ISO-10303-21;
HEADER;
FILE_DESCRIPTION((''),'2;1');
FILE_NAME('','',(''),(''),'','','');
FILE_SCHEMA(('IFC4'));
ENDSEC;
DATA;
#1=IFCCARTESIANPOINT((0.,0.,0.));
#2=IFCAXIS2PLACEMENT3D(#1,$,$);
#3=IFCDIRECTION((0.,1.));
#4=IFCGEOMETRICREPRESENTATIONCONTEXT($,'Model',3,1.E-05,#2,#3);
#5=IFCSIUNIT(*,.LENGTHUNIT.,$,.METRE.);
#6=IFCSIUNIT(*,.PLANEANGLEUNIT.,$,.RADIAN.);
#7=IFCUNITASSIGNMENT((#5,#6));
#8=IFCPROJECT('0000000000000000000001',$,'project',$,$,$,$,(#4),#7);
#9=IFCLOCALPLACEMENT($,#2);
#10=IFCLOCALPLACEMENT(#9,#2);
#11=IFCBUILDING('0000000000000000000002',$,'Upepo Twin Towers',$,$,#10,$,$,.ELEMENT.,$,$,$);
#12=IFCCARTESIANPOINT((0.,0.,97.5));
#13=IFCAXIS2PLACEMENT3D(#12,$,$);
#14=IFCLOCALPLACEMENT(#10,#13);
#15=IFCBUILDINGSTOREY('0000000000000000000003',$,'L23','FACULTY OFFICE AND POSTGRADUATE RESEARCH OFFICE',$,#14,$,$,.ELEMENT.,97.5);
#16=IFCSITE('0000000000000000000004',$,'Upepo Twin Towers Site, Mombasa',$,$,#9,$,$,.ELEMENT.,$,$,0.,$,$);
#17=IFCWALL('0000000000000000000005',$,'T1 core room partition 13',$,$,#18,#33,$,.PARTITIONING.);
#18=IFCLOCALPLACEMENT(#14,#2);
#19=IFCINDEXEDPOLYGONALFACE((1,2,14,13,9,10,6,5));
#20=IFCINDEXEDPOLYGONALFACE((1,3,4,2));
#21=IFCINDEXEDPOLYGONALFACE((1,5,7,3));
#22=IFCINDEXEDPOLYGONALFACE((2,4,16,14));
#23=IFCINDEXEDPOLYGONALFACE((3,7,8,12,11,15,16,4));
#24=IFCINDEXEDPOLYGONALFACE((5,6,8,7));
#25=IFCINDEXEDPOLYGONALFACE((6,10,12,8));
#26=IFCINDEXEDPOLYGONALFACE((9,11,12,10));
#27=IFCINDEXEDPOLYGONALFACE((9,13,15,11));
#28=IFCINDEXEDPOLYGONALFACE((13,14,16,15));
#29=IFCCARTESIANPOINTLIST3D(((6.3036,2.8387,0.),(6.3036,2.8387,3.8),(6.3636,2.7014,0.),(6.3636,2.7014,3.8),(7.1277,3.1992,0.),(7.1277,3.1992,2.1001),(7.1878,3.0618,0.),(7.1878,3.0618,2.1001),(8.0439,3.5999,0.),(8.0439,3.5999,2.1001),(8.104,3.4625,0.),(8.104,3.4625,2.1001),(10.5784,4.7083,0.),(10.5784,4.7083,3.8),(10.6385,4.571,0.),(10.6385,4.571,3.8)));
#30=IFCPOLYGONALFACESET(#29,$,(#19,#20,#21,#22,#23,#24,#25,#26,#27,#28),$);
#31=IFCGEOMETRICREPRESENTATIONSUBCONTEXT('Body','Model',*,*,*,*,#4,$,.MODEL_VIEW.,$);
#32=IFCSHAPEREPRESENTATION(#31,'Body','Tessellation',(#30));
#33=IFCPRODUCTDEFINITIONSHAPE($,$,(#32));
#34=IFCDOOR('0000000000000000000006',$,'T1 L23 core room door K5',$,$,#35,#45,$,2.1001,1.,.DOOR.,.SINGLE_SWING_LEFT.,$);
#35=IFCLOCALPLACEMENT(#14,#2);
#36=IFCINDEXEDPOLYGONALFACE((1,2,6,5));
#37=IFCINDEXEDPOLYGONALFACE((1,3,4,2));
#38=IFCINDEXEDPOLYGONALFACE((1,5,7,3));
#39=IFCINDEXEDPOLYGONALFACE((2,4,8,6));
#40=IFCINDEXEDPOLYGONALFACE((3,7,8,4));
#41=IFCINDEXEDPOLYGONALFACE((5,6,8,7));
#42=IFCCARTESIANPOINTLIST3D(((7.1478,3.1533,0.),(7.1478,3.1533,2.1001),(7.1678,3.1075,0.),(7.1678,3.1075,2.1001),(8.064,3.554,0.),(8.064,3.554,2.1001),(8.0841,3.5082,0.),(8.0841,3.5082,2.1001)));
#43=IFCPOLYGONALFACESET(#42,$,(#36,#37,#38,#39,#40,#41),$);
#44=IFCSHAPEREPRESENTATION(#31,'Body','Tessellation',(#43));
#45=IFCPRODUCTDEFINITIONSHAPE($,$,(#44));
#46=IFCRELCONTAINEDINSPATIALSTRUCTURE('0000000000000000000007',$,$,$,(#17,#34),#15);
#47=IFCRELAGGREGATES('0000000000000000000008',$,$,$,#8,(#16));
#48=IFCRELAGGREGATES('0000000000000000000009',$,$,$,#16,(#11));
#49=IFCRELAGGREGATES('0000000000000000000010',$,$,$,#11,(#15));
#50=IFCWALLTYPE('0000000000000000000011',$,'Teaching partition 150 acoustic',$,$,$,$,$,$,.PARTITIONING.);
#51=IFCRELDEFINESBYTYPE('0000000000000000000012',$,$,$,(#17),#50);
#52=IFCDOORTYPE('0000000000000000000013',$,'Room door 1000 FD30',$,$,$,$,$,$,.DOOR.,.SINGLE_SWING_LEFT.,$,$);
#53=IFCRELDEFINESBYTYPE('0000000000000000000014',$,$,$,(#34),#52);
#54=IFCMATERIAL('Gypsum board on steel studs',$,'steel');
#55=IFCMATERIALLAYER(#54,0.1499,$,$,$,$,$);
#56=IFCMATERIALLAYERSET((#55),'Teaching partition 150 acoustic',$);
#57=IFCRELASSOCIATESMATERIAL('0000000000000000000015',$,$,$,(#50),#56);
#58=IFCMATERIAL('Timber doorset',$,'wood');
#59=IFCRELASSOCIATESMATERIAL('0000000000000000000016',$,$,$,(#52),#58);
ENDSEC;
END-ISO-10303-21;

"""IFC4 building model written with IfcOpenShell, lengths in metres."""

from ifc_helpers import new_model, si_unit, direction, frame, frame_2d, origin, place, context, subcontext, project, spatial, rectangle, extrude, material, layer, layer_set, type_object, element, fill, save


model = new_model("IFC4")

# Units and contexts
model_context = context("Model", 3, precision=1e-05, world=origin(), true_north=direction((0.0, 1.0)))
body_context = subcontext(model_context, "Body", "Model", "MODEL_VIEW")
ifc_project = project(units=[si_unit("LENGTHUNIT", "METRE"), si_unit("PLANEANGLEUNIT", "RADIAN")], contexts=[model_context])

# Site, building, storey
site_placement = place(None, origin())
site = spatial("IfcSite", under=ifc_project, at=site_placement, Name="Upepo Twin Towers Site, Mombasa", CompositionType="ELEMENT", RefElevation=0.0)
building_placement = place(site_placement, origin())
building = spatial("IfcBuilding", under=site, at=building_placement, Name="Upepo Twin Towers", CompositionType="ELEMENT")
storey_placement = place(building_placement, frame((0.0, 0.0, 97.5)))
storey = spatial("IfcBuildingStorey", under=building, at=storey_placement, Name="L23", Description="FACULTY OFFICE AND POSTGRADUATE RESEARCH OFFICE", CompositionType="ELEMENT", Elevation=97.5)

# Shared definitions
ifc_material_1 = material(Name="Gypsum board on steel studs", Category="steel")
ifc_layer_1 = layer(ifc_material_1, 0.1499)
ifc_layer_set_1 = layer_set([ifc_layer_1], Name="Teaching partition 150 acoustic")
wall_type_1 = type_object("IfcWallType", Name="Teaching partition 150 acoustic", PredefinedType="PARTITIONING", material=ifc_layer_set_1)
ifc_material_2 = material(Name="Timber doorset", Category="wood")
door_type_1 = type_object("IfcDoorType", Name="Room door 1000 FD30", OperationType="SINGLE_SWING_LEFT", PredefinedType="DOOR", material=ifc_material_2)

# Wall, opening, door
wall_1_placement = place(storey_placement, frame((6.3335, 2.77, 0.0), z_axis=(0.0, 0.0, 1.0), x_axis=(0.916208, 0.400704, 0.0)))
wall_1 = element("IfcWall", 1, at=wall_1_placement, inside=storey, type_object=wall_type_1, Name="T1 core room partition 13", PredefinedType="PARTITIONING", context=body_context, shape_type="SweptSolid", body=[
    extrude(rectangle(XDim=4.6658, YDim=0.1499, at=frame_2d((2.333, 0.0))), origin(), (0.0, 0.0, 1.0), 3.8),
])
opening_1_placement = place(wall_1_placement, frame((0.8997, 0.0, 0.0)))
opening_1 = element("IfcOpeningElement", 2, at=opening_1_placement, cuts=wall_1, PredefinedType="OPENING", context=body_context, shape_type="SweptSolid", body=[
    extrude(rectangle(XDim=1.0, YDim=2.1001, at=frame_2d((0.5, 1.05))), frame((0.0, 0.085, 0.0), z_axis=(0.0, -1.0, 0.0), x_axis=(1.0, 0.0, 0.0)), (0.0, 0.0, 1.0), 0.1699),
])
door_1_placement = place(opening_1_placement, origin())
door_1 = element("IfcDoor", 3, at=door_1_placement, inside=storey, type_object=door_type_1, Name="T1 L23 core room door K5", OperationType="SINGLE_SWING_LEFT", OverallHeight=2.1001, OverallWidth=1.0, PredefinedType="DOOR", context=body_context, shape_type="SweptSolid", body=[
    extrude(rectangle(XDim=1.0, YDim=2.1001, at=frame_2d((0.5, 1.05))), frame((0.0, 0.0249, 0.0), z_axis=(0.0, -1.0, 0.0), x_axis=(1.0, 0.0, 0.0)), (0.0, 0.0, 1.0), 0.05),
])
fill(opening_1, door_1)

save(model, "model.ifc")
